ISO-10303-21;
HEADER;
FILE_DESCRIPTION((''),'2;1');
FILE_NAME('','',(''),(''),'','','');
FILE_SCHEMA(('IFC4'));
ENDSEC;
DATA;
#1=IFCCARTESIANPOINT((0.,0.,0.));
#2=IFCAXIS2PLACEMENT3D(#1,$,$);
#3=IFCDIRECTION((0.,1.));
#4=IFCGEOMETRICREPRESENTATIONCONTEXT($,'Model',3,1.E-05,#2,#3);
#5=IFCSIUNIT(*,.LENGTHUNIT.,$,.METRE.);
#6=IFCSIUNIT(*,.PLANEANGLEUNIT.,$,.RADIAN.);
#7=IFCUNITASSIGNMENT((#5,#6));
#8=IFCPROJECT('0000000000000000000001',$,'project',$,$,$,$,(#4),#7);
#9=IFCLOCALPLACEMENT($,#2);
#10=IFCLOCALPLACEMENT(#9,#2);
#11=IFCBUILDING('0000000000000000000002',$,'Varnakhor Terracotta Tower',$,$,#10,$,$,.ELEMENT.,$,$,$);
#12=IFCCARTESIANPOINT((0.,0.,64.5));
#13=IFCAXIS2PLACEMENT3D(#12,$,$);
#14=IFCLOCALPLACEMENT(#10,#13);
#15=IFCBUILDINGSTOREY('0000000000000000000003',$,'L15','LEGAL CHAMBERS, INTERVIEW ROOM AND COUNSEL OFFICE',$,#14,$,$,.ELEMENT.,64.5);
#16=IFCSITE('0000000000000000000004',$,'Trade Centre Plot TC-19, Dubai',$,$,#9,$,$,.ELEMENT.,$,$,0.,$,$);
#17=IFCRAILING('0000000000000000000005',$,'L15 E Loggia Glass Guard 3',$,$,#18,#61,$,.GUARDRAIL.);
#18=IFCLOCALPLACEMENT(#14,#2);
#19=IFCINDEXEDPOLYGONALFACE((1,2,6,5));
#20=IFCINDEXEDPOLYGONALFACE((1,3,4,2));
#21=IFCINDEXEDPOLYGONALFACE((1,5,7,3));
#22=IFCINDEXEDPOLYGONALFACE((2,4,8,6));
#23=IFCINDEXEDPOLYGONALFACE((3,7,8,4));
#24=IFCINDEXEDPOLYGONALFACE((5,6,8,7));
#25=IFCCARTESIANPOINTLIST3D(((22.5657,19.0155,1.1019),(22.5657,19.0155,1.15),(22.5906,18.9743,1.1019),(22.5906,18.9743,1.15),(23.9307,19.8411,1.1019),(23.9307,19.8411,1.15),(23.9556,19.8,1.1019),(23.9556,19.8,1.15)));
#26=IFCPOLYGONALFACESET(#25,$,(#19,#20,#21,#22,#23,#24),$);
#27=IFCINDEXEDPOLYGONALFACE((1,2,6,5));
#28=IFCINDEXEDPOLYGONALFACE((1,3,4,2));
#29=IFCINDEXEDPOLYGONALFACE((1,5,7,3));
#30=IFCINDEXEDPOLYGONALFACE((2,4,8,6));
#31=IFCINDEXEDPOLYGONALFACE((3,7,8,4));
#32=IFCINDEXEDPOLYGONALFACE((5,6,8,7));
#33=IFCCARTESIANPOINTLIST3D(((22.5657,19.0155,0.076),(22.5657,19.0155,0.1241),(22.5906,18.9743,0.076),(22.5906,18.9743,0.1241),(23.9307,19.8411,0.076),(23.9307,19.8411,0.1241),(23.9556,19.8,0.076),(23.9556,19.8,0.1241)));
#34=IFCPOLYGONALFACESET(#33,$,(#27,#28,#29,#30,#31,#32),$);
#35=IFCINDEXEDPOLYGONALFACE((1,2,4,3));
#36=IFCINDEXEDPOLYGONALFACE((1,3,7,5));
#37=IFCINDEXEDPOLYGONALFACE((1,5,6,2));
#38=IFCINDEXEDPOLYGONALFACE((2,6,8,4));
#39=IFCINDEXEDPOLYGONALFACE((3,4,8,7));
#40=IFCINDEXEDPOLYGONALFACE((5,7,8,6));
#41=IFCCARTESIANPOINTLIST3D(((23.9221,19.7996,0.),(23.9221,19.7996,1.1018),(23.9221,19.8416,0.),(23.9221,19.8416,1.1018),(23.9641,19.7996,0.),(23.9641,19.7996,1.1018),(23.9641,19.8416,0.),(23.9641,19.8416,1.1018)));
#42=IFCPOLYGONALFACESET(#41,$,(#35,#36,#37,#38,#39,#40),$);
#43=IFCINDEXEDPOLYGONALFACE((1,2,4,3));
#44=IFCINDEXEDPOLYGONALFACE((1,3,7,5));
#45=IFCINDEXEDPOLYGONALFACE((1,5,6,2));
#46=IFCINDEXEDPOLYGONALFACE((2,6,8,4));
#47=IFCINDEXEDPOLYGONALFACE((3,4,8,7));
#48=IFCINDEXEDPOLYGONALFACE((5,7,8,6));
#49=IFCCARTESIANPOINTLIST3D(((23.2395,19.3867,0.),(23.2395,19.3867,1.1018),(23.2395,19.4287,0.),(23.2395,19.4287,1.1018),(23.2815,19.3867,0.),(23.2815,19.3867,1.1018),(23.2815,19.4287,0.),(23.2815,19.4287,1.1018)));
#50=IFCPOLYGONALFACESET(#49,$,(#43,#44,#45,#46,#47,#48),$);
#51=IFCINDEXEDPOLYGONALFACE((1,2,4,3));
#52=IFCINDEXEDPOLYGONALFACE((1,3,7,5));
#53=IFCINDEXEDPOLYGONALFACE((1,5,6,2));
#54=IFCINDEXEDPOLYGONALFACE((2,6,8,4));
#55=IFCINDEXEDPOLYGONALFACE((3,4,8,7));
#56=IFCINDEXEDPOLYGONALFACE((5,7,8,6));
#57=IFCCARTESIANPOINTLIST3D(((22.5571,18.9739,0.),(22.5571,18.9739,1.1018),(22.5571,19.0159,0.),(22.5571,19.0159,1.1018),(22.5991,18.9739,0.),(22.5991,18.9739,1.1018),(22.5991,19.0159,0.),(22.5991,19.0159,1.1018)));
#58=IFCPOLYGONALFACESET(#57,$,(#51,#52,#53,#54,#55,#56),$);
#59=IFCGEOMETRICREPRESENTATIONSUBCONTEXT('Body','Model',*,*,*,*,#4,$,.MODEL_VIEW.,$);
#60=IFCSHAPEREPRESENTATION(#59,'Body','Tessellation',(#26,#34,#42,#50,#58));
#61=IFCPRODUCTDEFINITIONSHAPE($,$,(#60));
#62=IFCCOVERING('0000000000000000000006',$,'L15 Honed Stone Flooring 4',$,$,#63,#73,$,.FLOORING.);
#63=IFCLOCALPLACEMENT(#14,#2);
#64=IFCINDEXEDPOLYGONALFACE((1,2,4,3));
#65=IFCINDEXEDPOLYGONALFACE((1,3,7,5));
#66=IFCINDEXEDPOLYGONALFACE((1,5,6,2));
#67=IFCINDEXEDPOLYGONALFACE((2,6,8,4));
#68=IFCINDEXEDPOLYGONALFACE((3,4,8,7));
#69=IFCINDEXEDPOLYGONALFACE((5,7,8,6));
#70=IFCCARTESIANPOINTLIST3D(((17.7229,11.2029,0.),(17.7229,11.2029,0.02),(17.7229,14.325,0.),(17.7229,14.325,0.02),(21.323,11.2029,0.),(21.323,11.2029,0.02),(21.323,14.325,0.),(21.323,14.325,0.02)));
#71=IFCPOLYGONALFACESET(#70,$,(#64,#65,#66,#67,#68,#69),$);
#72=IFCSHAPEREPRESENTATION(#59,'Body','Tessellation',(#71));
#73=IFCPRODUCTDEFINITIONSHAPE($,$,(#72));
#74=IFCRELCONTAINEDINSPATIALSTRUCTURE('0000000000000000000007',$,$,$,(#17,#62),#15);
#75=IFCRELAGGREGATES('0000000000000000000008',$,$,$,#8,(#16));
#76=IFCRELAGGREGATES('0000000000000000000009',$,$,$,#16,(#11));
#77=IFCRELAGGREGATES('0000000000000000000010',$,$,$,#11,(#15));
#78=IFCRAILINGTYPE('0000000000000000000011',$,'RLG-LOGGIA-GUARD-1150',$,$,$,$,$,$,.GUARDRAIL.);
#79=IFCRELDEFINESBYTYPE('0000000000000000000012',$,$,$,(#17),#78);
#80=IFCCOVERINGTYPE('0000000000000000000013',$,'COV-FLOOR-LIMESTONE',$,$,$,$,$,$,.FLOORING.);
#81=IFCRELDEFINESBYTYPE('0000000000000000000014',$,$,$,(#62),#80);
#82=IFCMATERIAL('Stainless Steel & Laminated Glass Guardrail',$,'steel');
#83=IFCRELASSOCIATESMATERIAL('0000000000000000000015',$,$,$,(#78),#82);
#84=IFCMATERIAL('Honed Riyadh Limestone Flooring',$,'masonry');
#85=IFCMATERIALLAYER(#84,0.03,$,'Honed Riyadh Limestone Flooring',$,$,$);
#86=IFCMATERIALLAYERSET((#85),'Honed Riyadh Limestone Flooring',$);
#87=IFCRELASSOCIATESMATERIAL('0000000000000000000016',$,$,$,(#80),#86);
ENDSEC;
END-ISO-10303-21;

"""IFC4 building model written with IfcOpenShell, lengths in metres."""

from ifc_helpers import new_model, si_unit, direction, frame, origin, origin_2d, place, context, subcontext, project, spatial, rectangle, extrude, source, transform, mapped, material, layer, layer_set, type_object, element, save


model = new_model("IFC4")

# Units and contexts
model_context = context("Model", 3, precision=1e-05, world=origin(), true_north=direction((0.0, 1.0)))
body_context = subcontext(model_context, "Body", "Model", "MODEL_VIEW")
ifc_project = project(units=[si_unit("LENGTHUNIT", "METRE"), si_unit("PLANEANGLEUNIT", "RADIAN")], contexts=[model_context])

# Site, building, storey
site_placement = place(None, origin())
site = spatial("IfcSite", under=ifc_project, at=site_placement, Name="Trade Centre Plot TC-19, Dubai", CompositionType="ELEMENT", RefElevation=0.0)
building_placement = place(site_placement, origin())
building = spatial("IfcBuilding", under=site, at=building_placement, Name="Varnakhor Terracotta Tower", CompositionType="ELEMENT")
storey_placement = place(building_placement, frame((0.0, 0.0, 64.5)))
storey = spatial("IfcBuildingStorey", under=building, at=storey_placement, Name="L15", Description="LEGAL CHAMBERS, INTERVIEW ROOM AND COUNSEL OFFICE", CompositionType="ELEMENT", Elevation=64.5)

# Railing
ifc_material_1 = material(Name="Stainless Steel & Laminated Glass Guardrail", Category="steel")
railing_type = type_object("IfcRailingType", Name="RLG-LOGGIA-GUARD-1150", PredefinedType="GUARDRAIL", material=ifc_material_1)
railing_placement = place(storey_placement, frame((23.9431, 19.8206, 0.0)))
element("IfcRailing", 1, at=railing_placement, inside=storey, type_object=railing_type, Name="L15 E Loggia Glass Guard 3", PredefinedType="GUARDRAIL", context=body_context, shape_type="SweptSolid", body=[
    extrude(rectangle(XDim=0.0481, YDim=0.0481, at=origin_2d()), frame((0.0, 0.0, 1.126), z_axis=(-0.855637, -0.517576, 0.0), x_axis=(0.517576, -0.855637, 0.0)), (0.0, 0.0, 1.0), 1.5952),
    extrude(rectangle(XDim=0.0481, YDim=0.0481, at=origin_2d()), frame((0.0, 0.0, 0.1001), z_axis=(-0.855637, -0.517576, 0.0), x_axis=(0.517576, -0.855637, 0.0)), (0.0, 0.0, 1.0), 1.5952),
    extrude(rectangle(XDim=0.042, YDim=0.042, at=origin_2d()), origin(), (0.0, 0.0, 1.0), 1.1018),
    extrude(rectangle(XDim=0.042, YDim=0.042, at=origin_2d()), frame((-0.6826, -0.4128, 0.0)), (0.0, 0.0, 1.0), 1.1018),
    extrude(rectangle(XDim=0.042, YDim=0.042, at=origin_2d()), frame((-1.365, -0.8257, 0.0)), (0.0, 0.0, 1.0), 1.1018),
])

# Covering
ifc_material_2 = material(Name="Honed Riyadh Limestone Flooring", Category="masonry")
ifc_layer_1 = layer(ifc_material_2, 0.03, Name="Honed Riyadh Limestone Flooring")
ifc_layer_set_1 = layer_set([ifc_layer_1], Name="Honed Riyadh Limestone Flooring")
covering_type = type_object("IfcCoveringType", Name="COV-FLOOR-LIMESTONE", PredefinedType="FLOORING", material=ifc_layer_set_1)
shared_shape_1 = source(origin(), body_context, "Body", "SweptSolid", [
    extrude(rectangle(XDim=3.6001, YDim=3.1221, at=origin_2d()), origin(), (0.0, 0.0, 1.0), 0.02),
])
covering_placement = place(storey_placement, frame((19.5229, 12.7639, 0.0), z_axis=(0.0, 0.0, 1.0), x_axis=(1.0, 0.0, 0.0)))
element("IfcCovering", 2, at=covering_placement, inside=storey, type_object=covering_type, Name="L15 Honed Stone Flooring 4", PredefinedType="FLOORING", context=body_context, shape_type="MappedRepresentation", body=[
    mapped(shared_shape_1, transform((0.0, 0.0, 0.0), scale=1.0)),
])

save(model, "model.ifc")
